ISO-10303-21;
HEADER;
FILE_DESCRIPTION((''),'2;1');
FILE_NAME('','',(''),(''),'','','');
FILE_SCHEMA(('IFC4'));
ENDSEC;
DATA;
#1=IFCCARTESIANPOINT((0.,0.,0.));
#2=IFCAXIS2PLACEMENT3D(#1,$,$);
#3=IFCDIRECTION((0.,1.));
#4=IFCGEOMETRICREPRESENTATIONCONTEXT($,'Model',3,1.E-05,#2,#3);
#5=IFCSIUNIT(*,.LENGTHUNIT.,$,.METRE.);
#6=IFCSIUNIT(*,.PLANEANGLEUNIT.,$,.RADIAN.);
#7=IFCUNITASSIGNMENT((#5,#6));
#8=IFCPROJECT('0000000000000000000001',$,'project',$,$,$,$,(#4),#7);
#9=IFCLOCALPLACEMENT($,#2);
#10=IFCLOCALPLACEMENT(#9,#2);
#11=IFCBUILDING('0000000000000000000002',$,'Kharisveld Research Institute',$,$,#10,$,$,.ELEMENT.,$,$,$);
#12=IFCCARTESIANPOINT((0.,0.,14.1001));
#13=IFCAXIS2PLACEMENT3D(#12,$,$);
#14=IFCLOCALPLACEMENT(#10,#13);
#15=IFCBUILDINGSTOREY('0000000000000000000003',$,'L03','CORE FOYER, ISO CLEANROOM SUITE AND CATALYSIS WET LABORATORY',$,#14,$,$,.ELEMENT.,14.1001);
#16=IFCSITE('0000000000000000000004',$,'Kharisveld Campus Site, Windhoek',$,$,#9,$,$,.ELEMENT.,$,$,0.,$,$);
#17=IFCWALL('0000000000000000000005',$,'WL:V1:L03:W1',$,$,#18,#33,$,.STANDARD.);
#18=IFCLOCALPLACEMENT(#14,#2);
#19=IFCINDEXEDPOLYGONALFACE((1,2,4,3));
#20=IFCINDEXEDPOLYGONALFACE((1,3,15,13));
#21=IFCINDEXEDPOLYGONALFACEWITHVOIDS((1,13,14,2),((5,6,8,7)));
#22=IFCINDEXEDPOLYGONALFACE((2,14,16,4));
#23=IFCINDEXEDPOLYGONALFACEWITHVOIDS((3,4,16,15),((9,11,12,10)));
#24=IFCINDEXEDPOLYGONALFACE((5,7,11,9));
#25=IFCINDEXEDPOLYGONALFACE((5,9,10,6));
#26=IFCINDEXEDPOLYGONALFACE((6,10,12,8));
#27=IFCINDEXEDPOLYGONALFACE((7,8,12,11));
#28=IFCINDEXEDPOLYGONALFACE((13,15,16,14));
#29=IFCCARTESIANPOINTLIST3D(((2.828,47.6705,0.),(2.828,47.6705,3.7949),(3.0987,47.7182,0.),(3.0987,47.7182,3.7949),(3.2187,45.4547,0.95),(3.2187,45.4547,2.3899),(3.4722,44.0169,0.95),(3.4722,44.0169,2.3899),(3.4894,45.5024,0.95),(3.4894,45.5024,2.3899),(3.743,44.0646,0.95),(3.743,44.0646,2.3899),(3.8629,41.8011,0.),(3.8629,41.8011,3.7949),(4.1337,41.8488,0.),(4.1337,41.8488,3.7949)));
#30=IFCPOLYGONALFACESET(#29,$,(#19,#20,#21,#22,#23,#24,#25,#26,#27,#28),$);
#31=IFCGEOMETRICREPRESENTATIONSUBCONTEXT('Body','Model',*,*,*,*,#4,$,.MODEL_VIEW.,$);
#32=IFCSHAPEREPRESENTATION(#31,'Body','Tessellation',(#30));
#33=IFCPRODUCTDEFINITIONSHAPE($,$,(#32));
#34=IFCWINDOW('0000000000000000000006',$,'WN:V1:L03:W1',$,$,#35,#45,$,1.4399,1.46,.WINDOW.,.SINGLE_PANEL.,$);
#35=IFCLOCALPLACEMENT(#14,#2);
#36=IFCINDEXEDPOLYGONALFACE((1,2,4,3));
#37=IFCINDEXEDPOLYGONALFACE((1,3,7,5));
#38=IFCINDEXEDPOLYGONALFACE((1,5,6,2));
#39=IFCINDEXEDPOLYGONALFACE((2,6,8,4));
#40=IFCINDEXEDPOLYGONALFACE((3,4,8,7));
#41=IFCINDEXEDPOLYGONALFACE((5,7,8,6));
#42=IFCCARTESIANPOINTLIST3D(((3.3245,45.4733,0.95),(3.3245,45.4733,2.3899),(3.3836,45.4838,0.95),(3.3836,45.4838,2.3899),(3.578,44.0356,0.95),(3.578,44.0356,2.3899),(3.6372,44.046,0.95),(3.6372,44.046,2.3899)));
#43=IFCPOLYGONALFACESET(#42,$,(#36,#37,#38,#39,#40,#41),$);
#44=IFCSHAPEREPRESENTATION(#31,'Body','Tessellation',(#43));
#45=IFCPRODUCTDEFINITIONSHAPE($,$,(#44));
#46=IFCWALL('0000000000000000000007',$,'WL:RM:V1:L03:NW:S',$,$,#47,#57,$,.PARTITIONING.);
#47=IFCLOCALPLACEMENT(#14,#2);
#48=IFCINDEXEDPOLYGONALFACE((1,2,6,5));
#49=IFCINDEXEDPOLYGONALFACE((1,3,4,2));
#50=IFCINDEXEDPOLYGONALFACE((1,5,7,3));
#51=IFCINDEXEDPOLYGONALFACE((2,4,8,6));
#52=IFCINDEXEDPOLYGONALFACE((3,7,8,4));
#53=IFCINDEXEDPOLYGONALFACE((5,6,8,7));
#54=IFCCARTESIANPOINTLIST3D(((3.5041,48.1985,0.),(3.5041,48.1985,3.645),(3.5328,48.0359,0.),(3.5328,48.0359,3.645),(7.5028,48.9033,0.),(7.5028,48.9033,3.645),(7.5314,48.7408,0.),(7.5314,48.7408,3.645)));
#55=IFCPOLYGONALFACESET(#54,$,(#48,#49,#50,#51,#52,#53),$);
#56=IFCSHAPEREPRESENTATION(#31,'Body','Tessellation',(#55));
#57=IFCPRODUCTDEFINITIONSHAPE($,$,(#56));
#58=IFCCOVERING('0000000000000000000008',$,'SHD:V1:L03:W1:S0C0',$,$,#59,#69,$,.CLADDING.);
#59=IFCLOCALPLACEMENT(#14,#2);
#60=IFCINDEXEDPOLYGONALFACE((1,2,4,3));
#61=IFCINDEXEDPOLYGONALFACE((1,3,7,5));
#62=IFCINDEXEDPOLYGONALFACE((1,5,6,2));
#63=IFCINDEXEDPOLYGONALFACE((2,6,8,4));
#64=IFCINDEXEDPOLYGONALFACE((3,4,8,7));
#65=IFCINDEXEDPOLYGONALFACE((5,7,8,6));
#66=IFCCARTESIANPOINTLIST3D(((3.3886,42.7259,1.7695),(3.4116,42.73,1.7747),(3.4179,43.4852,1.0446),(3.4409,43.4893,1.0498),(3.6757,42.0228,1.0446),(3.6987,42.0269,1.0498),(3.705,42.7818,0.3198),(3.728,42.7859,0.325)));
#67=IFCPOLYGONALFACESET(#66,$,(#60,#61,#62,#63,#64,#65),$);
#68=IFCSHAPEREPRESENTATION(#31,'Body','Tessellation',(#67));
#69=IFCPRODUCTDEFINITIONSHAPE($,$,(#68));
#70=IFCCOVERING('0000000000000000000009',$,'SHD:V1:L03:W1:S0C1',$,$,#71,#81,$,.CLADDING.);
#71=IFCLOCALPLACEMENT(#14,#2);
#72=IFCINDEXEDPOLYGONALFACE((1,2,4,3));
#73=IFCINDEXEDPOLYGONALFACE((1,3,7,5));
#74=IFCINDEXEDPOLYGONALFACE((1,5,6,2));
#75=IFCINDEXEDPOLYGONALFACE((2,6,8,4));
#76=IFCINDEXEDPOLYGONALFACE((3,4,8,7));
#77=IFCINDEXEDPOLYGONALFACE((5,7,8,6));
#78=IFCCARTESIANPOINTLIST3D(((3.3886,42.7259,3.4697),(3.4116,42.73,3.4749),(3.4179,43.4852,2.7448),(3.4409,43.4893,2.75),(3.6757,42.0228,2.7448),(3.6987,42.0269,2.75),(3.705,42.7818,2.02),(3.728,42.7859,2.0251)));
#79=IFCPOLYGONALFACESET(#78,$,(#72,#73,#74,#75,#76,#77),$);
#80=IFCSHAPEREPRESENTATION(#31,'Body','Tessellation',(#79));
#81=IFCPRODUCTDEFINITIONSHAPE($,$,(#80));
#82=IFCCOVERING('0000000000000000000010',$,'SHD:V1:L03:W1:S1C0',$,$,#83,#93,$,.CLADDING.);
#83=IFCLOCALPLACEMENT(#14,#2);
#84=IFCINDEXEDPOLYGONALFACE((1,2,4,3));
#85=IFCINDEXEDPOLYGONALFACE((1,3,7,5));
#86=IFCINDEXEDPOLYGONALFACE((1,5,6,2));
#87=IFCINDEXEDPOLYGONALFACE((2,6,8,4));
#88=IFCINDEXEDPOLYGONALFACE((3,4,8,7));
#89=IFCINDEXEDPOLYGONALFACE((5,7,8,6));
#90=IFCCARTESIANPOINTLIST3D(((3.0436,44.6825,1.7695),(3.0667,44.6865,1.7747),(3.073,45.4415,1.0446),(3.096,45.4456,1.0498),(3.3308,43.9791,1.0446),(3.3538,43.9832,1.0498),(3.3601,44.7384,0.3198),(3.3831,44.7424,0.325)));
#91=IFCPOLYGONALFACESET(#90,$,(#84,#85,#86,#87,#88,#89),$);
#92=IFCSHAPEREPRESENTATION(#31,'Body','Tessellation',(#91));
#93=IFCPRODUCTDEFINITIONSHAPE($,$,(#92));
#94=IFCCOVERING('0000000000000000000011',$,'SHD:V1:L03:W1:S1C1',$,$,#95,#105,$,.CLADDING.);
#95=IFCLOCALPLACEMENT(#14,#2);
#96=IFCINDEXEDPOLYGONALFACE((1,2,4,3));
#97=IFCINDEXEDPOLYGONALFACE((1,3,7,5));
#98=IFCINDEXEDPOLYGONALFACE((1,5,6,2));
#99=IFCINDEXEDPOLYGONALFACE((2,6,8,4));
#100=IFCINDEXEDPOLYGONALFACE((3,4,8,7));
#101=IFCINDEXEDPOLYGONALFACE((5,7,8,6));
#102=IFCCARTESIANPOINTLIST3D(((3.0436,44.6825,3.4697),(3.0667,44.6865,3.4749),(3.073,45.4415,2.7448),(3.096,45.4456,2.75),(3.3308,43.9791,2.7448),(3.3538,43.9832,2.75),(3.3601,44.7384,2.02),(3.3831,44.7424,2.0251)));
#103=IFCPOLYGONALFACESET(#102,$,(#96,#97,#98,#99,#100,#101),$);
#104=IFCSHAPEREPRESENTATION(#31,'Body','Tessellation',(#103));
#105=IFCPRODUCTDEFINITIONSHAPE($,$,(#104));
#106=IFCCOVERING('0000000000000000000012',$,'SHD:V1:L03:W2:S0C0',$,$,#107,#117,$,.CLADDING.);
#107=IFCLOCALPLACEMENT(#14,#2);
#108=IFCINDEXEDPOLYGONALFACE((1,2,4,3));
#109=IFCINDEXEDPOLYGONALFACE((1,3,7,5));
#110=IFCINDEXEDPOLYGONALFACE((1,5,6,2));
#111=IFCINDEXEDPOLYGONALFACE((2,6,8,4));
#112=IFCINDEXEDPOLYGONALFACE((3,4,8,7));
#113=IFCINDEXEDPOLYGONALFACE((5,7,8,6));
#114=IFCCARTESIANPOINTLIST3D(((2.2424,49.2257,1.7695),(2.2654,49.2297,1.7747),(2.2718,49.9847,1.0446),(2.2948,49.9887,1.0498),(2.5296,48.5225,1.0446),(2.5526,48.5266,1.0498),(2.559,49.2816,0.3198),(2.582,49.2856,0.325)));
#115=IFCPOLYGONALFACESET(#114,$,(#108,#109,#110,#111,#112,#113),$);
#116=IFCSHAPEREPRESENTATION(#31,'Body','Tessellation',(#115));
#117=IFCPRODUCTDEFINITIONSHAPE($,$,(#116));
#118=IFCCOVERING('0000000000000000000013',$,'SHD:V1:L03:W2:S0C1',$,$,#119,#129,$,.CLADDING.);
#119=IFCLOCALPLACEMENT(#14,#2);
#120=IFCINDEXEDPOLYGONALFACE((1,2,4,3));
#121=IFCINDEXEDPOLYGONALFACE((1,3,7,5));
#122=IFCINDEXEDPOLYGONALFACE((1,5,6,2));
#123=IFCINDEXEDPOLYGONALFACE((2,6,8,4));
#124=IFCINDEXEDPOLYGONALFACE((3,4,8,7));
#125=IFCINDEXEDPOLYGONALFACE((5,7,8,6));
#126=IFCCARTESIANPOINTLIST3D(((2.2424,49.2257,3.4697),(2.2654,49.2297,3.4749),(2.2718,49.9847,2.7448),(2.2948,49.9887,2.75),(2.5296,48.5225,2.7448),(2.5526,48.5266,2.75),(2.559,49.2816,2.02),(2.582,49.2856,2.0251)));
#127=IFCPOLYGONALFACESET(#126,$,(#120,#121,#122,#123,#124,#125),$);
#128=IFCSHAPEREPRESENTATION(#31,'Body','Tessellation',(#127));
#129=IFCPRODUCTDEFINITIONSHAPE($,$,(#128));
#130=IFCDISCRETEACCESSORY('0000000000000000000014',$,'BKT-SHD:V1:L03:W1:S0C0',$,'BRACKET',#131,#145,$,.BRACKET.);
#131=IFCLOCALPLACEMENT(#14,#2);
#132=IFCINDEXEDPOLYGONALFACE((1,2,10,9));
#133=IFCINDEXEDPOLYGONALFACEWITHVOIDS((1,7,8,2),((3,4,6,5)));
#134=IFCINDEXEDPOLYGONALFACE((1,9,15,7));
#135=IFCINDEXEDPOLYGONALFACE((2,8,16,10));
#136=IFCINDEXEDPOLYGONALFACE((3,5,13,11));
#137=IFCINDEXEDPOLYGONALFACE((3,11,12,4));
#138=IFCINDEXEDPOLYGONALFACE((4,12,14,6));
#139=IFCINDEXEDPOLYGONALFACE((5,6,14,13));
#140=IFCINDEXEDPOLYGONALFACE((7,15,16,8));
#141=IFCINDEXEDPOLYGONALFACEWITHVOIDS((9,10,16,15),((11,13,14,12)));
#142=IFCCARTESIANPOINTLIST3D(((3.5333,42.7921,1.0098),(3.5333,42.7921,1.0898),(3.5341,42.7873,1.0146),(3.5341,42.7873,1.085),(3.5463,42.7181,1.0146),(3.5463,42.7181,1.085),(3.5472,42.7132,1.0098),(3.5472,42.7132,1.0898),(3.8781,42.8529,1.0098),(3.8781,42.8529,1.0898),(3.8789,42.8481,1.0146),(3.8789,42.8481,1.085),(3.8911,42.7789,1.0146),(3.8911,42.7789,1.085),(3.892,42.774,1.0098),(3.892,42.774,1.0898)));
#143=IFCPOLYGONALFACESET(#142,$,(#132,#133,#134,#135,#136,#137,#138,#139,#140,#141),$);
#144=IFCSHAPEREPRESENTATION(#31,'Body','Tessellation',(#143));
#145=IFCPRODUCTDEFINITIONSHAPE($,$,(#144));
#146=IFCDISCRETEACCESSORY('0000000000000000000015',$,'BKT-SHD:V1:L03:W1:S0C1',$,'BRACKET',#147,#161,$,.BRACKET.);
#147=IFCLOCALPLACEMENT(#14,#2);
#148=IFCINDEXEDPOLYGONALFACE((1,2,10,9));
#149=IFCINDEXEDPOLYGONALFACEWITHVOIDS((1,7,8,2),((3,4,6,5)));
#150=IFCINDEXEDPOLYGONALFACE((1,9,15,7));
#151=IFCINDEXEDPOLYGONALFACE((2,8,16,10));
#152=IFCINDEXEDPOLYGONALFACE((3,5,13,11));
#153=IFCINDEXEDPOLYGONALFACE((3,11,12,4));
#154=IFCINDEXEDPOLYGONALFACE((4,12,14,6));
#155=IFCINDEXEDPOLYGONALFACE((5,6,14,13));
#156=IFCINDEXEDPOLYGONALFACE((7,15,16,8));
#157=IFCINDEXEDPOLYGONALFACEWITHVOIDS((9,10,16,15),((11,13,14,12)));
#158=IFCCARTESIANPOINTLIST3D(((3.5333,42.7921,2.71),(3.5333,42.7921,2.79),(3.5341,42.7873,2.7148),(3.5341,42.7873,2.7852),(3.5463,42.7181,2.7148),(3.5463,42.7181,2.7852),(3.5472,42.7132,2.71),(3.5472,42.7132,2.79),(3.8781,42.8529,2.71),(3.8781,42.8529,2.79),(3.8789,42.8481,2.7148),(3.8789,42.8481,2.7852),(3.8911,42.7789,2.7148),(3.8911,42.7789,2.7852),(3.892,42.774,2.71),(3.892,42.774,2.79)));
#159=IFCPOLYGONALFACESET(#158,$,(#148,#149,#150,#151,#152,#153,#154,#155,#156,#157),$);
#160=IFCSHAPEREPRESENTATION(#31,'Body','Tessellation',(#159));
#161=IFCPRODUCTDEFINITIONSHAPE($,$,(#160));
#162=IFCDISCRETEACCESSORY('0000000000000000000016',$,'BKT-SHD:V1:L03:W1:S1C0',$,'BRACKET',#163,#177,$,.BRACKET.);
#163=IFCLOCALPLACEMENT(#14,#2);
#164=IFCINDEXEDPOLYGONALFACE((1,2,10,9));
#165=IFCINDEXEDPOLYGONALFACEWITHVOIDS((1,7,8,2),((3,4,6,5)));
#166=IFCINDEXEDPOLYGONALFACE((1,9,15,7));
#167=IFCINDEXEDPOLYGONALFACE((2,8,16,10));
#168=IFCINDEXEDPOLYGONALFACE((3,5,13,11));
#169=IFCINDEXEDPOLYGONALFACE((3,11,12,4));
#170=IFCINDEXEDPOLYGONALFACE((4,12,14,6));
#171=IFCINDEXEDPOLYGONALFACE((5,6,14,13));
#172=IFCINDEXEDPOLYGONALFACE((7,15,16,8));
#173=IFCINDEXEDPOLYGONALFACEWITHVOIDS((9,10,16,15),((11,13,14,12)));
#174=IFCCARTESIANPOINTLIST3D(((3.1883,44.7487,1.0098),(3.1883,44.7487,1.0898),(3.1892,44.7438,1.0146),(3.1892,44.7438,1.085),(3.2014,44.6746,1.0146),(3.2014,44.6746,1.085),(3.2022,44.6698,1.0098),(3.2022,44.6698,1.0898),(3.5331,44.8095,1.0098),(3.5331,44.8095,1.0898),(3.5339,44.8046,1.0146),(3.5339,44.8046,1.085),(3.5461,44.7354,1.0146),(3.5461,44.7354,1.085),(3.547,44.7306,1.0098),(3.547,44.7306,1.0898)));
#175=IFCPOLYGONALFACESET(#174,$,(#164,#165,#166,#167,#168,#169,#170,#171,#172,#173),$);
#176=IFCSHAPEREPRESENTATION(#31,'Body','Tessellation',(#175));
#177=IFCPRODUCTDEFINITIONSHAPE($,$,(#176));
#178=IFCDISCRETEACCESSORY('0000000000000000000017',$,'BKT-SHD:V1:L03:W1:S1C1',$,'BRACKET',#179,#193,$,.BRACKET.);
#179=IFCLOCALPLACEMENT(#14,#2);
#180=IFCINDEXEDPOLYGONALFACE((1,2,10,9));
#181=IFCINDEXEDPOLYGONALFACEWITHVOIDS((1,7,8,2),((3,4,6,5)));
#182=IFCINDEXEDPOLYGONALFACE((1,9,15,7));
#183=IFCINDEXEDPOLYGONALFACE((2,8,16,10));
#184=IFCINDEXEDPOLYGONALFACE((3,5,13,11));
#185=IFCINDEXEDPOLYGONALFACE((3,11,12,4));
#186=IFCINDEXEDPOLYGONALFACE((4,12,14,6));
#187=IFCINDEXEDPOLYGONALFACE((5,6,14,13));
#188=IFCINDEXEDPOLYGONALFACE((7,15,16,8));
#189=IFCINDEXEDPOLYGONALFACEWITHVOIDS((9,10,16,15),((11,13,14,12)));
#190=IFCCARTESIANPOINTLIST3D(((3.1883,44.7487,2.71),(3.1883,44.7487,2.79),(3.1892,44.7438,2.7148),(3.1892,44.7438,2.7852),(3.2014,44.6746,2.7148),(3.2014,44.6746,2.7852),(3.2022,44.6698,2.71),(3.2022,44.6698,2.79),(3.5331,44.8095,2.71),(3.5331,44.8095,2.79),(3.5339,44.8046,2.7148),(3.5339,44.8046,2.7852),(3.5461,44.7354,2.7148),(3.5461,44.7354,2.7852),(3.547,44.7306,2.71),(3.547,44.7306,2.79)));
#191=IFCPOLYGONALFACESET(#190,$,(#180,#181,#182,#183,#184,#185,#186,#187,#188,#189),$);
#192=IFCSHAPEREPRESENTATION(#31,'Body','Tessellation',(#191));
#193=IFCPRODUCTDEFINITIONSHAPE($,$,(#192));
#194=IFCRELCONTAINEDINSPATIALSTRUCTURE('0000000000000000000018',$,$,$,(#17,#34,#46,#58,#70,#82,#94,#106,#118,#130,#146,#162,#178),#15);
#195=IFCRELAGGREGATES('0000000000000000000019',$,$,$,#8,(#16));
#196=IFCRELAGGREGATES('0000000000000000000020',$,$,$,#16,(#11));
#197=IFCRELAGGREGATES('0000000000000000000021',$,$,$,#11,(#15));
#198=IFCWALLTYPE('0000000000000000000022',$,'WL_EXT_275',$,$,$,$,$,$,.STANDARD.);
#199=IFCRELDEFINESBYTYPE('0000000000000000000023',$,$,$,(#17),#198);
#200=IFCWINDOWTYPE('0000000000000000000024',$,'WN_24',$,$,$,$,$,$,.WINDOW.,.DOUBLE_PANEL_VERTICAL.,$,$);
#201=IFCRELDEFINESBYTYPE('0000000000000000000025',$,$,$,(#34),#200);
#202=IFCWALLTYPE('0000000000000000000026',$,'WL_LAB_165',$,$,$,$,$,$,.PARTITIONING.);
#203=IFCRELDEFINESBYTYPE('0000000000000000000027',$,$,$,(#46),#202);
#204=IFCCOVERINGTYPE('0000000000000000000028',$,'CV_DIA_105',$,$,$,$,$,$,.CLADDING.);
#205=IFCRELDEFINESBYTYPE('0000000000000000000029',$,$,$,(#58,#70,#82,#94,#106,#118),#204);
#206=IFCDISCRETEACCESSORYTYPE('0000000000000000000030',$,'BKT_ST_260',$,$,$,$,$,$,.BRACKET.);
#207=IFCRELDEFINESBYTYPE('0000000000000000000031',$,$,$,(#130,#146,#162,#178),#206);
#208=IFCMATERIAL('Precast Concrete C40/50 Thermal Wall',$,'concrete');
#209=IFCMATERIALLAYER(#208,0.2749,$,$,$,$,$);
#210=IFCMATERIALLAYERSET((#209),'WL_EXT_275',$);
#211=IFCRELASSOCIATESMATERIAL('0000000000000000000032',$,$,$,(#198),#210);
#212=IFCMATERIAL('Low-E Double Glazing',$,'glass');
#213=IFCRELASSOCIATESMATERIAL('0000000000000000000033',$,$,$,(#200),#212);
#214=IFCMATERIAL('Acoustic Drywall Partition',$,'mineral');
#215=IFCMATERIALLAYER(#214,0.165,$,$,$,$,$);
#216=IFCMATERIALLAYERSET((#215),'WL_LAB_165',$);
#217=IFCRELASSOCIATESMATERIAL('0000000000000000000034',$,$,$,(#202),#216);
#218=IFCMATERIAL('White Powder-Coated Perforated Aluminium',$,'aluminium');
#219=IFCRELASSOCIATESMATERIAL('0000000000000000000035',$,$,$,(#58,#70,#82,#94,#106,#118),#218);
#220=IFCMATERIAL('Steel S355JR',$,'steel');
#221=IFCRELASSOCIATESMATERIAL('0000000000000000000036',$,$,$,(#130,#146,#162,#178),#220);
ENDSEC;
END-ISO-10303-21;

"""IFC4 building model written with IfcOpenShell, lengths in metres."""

from ifc_helpers import new_model, si_unit, direction, frame, frame_2d, origin, origin_2d, place, context, subcontext, project, spatial, polyline, rectangle, hollow_rectangle, outline, extrude, material, layer, layer_set, type_object, element, fill, save


model = new_model("IFC4")

# Units and contexts
model_context = context("Model", 3, precision=1e-05, world=origin(), true_north=direction((0.0, 1.0)))
body_context = subcontext(model_context, "Body", "Model", "MODEL_VIEW")
ifc_project = project(units=[si_unit("LENGTHUNIT", "METRE"), si_unit("PLANEANGLEUNIT", "RADIAN")], contexts=[model_context])

# Site, building, storey
site_placement = place(None, origin())
site = spatial("IfcSite", under=ifc_project, at=site_placement, Name="Kharisveld Campus Site, Windhoek", CompositionType="ELEMENT", RefElevation=0.0)
building_placement = place(site_placement, origin())
building = spatial("IfcBuilding", under=site, at=building_placement, Name="Kharisveld Research Institute", CompositionType="ELEMENT")
storey_placement = place(building_placement, frame((0.0, 0.0, 14.1001)))
storey = spatial("IfcBuildingStorey", under=building, at=storey_placement, Name="L03", Description="CORE FOYER, ISO CLEANROOM SUITE AND CATALYSIS WET LABORATORY", CompositionType="ELEMENT", Elevation=14.1001)

# Wall, opening, window
ifc_material_1 = material(Name="Precast Concrete C40/50 Thermal Wall", Category="concrete")
ifc_layer_1 = layer(ifc_material_1, 0.2749)
ifc_layer_set_1 = layer_set([ifc_layer_1], Name="WL_EXT_275")
wall_type_1 = type_object("IfcWallType", Name="WL_EXT_275", PredefinedType="STANDARD", material=ifc_layer_set_1)
wall_1_placement = place(storey_placement, frame((3.9983, 41.825, 0.0), z_axis=(0.0, 0.0, 1.0), x_axis=(-0.173645, 0.984808, 0.0)))
wall_1 = element("IfcWall", 1, at=wall_1_placement, inside=storey, type_object=wall_type_1, Name="WL:V1:L03:W1", PredefinedType="STANDARD", context=body_context, shape_type="SweptSolid", body=[
    extrude(rectangle(XDim=5.96, YDim=0.2749, at=frame_2d((2.98, 0.0))), origin(), (0.0, 0.0, 1.0), 3.7949),
])
opening_placement = place(wall_1_placement, frame((2.25, 0.0, 0.95)))
opening = element("IfcOpeningElement", 2, at=opening_placement, cuts=wall_1, PredefinedType="OPENING", context=body_context, shape_type="SweptSolid", body=[
    extrude(rectangle(XDim=1.46, YDim=1.4399, at=frame_2d((0.73, 0.72))), frame((0.0, 0.1375, 0.0), z_axis=(0.0, -1.0, 0.0), x_axis=(1.0, 0.0, 0.0)), (0.0, 0.0, 1.0), 0.2749),
])
ifc_material_2 = material(Name="Low-E Double Glazing", Category="glass")
window_type = type_object("IfcWindowType", Name="WN_24", PartitioningType="DOUBLE_PANEL_VERTICAL", PredefinedType="WINDOW", material=ifc_material_2)
window_placement = place(opening_placement, origin())
window = element("IfcWindow", 3, at=window_placement, inside=storey, type_object=window_type, Name="WN:V1:L03:W1", OverallHeight=1.4399, OverallWidth=1.46, PartitioningType="SINGLE_PANEL", PredefinedType="WINDOW", context=body_context, shape_type="SweptSolid", body=[
    extrude(rectangle(XDim=1.46, YDim=1.4399, at=frame_2d((0.73, 0.72))), frame((0.0, 0.03, 0.0), z_axis=(0.0, -1.0, 0.0), x_axis=(1.0, 0.0, 0.0)), (0.0, 0.0, 1.0), 0.0601),
])
fill(opening, window)

# Wall
ifc_material_3 = material(Name="Acoustic Drywall Partition", Category="mineral")
ifc_layer_2 = layer(ifc_material_3, 0.165)
ifc_layer_set_2 = layer_set([ifc_layer_2], Name="WL_LAB_165")
wall_type_2 = type_object("IfcWallType", Name="WL_LAB_165", PredefinedType="PARTITIONING", material=ifc_layer_set_2)
wall_2_placement = place(storey_placement, frame((3.5183, 48.1172, 0.0), z_axis=(0.0, 0.0, 1.0), x_axis=(0.984817, 0.173597, 0.0)))
element("IfcWall", 4, at=wall_2_placement, inside=storey, type_object=wall_type_2, Name="WL:RM:V1:L03:NW:S", PredefinedType="PARTITIONING", context=body_context, shape_type="SweptSolid", body=[
    extrude(rectangle(XDim=4.0603, YDim=0.165, at=frame_2d((2.0303, 0.0))), origin(), (0.0, 0.0, 1.0), 3.645),
])

# Coverings
ifc_material_4 = material(Name="White Powder-Coated Perforated Aluminium", Category="aluminium")
covering_type = type_object("IfcCoveringType", Name="CV_DIA_105", PredefinedType="CLADDING")
for number, where, z_axis, x_axis, name in (
    (5, (3.728, 42.7859, 0.325), (0.961481, 0.169503, 0.216385), (-0.273447, 0.66985, 0.69031), "SHD:V1:L03:W1:S0C0"),
    (6, (3.728, 42.7859, 2.0251), (0.961481, 0.169503, 0.216385), (-0.273447, 0.66985, 0.69031), "SHD:V1:L03:W1:S0C1"),
):
    element("IfcCovering", number, at=place(storey_placement, frame(where, z_axis=z_axis, x_axis=x_axis)), inside=storey, type_object=covering_type, material=ifc_material_4, Name=name, PredefinedType="CLADDING", context=body_context, shape_type="SweptSolid", body=[
        extrude(outline(polyline([(0.0, 0.0), (1.05, 0.0), (1.0498, 1.0501), (-0.0001, 1.05), (0.0, 0.0)])), origin(), (0.0, 0.0, -1.0), 0.0239),
    ])
for number, where, z_axis, x_axis, name in (
    (7, (3.3831, 44.7424, 0.325), (0.961481, 0.169503, 0.216385), (-0.273452, 0.669728, 0.690426), "SHD:V1:L03:W1:S1C0"),
    (8, (3.3831, 44.7424, 2.0251), (0.961481, 0.169503, 0.216385), (-0.273452, 0.669728, 0.690426), "SHD:V1:L03:W1:S1C1"),
):
    element("IfcCovering", number, at=place(storey_placement, frame(where, z_axis=z_axis, x_axis=x_axis)), inside=storey, type_object=covering_type, material=ifc_material_4, Name=name, PredefinedType="CLADDING", context=body_context, shape_type="SweptSolid", body=[
        extrude(outline(polyline([(0.0, 0.0), (1.0499, 0.0), (1.05, 1.05), (0.0, 1.0501), (0.0, 0.0)])), origin(), (0.0, 0.0, -1.0), 0.0239),
    ])
for number, where, z_axis, x_axis, name in (
    (9, (2.582, 49.2856, 0.325), (0.961443, 0.169525, 0.21654), (-0.273579, 0.669706, 0.690397), "SHD:V1:L03:W2:S0C0"),
    (10, (2.582, 49.2856, 2.0251), (0.961443, 0.169525, 0.21654), (-0.273579, 0.669706, 0.690397), "SHD:V1:L03:W2:S0C1"),
):
    element("IfcCovering", number, at=place(storey_placement, frame(where, z_axis=z_axis, x_axis=x_axis)), inside=storey, type_object=covering_type, material=ifc_material_4, Name=name, PredefinedType="CLADDING", context=body_context, shape_type="SweptSolid", body=[
        extrude(outline(polyline([(0.0, 0.0), (1.0499, 0.0), (1.0501, 1.05), (0.0001, 1.05), (0.0, 0.0)])), origin(), (0.0, 0.0, -1.0), 0.0239),
    ])

# Discrete accessories
ifc_material_5 = material(Name="Steel S355JR", Category="steel")
discrete_accessory_type = type_object("IfcDiscreteAccessoryType", Name="BKT_ST_260", PredefinedType="BRACKET")
for number, where, z_axis, x_axis, name in (
    (11, (3.885, 42.8135, 1.0498), (-0.984805, -0.173666, 0.0), (0.173666, -0.984805, 0.0), "BKT-SHD:V1:L03:W1:S0C0"),
    (12, (3.885, 42.8135, 2.75), (-0.984805, -0.173666, 0.0), (0.173666, -0.984805, 0.0), "BKT-SHD:V1:L03:W1:S0C1"),
    (13, (3.54, 44.77, 1.0498), (-0.984805, -0.173666, 0.0), (0.173666, -0.984805, 0.0), "BKT-SHD:V1:L03:W1:S1C0"),
    (14, (3.54, 44.77, 2.75), (-0.984805, -0.173666, 0.0), (0.173666, -0.984805, 0.0), "BKT-SHD:V1:L03:W1:S1C1"),
):
    element("IfcDiscreteAccessory", number, at=place(storey_placement, frame(where, z_axis=z_axis, x_axis=x_axis)), inside=storey, type_object=discrete_accessory_type, material=ifc_material_5, Name=name, ObjectType="BRACKET", PredefinedType="BRACKET", context=body_context, shape_type="SweptSolid", body=[
        extrude(hollow_rectangle(XDim=0.0801, YDim=0.0801, WallThickness=0.0049, at=origin_2d()), origin(), (0.0, 0.0, 1.0), 0.3501),
    ])

save(model, "model.ifc")
